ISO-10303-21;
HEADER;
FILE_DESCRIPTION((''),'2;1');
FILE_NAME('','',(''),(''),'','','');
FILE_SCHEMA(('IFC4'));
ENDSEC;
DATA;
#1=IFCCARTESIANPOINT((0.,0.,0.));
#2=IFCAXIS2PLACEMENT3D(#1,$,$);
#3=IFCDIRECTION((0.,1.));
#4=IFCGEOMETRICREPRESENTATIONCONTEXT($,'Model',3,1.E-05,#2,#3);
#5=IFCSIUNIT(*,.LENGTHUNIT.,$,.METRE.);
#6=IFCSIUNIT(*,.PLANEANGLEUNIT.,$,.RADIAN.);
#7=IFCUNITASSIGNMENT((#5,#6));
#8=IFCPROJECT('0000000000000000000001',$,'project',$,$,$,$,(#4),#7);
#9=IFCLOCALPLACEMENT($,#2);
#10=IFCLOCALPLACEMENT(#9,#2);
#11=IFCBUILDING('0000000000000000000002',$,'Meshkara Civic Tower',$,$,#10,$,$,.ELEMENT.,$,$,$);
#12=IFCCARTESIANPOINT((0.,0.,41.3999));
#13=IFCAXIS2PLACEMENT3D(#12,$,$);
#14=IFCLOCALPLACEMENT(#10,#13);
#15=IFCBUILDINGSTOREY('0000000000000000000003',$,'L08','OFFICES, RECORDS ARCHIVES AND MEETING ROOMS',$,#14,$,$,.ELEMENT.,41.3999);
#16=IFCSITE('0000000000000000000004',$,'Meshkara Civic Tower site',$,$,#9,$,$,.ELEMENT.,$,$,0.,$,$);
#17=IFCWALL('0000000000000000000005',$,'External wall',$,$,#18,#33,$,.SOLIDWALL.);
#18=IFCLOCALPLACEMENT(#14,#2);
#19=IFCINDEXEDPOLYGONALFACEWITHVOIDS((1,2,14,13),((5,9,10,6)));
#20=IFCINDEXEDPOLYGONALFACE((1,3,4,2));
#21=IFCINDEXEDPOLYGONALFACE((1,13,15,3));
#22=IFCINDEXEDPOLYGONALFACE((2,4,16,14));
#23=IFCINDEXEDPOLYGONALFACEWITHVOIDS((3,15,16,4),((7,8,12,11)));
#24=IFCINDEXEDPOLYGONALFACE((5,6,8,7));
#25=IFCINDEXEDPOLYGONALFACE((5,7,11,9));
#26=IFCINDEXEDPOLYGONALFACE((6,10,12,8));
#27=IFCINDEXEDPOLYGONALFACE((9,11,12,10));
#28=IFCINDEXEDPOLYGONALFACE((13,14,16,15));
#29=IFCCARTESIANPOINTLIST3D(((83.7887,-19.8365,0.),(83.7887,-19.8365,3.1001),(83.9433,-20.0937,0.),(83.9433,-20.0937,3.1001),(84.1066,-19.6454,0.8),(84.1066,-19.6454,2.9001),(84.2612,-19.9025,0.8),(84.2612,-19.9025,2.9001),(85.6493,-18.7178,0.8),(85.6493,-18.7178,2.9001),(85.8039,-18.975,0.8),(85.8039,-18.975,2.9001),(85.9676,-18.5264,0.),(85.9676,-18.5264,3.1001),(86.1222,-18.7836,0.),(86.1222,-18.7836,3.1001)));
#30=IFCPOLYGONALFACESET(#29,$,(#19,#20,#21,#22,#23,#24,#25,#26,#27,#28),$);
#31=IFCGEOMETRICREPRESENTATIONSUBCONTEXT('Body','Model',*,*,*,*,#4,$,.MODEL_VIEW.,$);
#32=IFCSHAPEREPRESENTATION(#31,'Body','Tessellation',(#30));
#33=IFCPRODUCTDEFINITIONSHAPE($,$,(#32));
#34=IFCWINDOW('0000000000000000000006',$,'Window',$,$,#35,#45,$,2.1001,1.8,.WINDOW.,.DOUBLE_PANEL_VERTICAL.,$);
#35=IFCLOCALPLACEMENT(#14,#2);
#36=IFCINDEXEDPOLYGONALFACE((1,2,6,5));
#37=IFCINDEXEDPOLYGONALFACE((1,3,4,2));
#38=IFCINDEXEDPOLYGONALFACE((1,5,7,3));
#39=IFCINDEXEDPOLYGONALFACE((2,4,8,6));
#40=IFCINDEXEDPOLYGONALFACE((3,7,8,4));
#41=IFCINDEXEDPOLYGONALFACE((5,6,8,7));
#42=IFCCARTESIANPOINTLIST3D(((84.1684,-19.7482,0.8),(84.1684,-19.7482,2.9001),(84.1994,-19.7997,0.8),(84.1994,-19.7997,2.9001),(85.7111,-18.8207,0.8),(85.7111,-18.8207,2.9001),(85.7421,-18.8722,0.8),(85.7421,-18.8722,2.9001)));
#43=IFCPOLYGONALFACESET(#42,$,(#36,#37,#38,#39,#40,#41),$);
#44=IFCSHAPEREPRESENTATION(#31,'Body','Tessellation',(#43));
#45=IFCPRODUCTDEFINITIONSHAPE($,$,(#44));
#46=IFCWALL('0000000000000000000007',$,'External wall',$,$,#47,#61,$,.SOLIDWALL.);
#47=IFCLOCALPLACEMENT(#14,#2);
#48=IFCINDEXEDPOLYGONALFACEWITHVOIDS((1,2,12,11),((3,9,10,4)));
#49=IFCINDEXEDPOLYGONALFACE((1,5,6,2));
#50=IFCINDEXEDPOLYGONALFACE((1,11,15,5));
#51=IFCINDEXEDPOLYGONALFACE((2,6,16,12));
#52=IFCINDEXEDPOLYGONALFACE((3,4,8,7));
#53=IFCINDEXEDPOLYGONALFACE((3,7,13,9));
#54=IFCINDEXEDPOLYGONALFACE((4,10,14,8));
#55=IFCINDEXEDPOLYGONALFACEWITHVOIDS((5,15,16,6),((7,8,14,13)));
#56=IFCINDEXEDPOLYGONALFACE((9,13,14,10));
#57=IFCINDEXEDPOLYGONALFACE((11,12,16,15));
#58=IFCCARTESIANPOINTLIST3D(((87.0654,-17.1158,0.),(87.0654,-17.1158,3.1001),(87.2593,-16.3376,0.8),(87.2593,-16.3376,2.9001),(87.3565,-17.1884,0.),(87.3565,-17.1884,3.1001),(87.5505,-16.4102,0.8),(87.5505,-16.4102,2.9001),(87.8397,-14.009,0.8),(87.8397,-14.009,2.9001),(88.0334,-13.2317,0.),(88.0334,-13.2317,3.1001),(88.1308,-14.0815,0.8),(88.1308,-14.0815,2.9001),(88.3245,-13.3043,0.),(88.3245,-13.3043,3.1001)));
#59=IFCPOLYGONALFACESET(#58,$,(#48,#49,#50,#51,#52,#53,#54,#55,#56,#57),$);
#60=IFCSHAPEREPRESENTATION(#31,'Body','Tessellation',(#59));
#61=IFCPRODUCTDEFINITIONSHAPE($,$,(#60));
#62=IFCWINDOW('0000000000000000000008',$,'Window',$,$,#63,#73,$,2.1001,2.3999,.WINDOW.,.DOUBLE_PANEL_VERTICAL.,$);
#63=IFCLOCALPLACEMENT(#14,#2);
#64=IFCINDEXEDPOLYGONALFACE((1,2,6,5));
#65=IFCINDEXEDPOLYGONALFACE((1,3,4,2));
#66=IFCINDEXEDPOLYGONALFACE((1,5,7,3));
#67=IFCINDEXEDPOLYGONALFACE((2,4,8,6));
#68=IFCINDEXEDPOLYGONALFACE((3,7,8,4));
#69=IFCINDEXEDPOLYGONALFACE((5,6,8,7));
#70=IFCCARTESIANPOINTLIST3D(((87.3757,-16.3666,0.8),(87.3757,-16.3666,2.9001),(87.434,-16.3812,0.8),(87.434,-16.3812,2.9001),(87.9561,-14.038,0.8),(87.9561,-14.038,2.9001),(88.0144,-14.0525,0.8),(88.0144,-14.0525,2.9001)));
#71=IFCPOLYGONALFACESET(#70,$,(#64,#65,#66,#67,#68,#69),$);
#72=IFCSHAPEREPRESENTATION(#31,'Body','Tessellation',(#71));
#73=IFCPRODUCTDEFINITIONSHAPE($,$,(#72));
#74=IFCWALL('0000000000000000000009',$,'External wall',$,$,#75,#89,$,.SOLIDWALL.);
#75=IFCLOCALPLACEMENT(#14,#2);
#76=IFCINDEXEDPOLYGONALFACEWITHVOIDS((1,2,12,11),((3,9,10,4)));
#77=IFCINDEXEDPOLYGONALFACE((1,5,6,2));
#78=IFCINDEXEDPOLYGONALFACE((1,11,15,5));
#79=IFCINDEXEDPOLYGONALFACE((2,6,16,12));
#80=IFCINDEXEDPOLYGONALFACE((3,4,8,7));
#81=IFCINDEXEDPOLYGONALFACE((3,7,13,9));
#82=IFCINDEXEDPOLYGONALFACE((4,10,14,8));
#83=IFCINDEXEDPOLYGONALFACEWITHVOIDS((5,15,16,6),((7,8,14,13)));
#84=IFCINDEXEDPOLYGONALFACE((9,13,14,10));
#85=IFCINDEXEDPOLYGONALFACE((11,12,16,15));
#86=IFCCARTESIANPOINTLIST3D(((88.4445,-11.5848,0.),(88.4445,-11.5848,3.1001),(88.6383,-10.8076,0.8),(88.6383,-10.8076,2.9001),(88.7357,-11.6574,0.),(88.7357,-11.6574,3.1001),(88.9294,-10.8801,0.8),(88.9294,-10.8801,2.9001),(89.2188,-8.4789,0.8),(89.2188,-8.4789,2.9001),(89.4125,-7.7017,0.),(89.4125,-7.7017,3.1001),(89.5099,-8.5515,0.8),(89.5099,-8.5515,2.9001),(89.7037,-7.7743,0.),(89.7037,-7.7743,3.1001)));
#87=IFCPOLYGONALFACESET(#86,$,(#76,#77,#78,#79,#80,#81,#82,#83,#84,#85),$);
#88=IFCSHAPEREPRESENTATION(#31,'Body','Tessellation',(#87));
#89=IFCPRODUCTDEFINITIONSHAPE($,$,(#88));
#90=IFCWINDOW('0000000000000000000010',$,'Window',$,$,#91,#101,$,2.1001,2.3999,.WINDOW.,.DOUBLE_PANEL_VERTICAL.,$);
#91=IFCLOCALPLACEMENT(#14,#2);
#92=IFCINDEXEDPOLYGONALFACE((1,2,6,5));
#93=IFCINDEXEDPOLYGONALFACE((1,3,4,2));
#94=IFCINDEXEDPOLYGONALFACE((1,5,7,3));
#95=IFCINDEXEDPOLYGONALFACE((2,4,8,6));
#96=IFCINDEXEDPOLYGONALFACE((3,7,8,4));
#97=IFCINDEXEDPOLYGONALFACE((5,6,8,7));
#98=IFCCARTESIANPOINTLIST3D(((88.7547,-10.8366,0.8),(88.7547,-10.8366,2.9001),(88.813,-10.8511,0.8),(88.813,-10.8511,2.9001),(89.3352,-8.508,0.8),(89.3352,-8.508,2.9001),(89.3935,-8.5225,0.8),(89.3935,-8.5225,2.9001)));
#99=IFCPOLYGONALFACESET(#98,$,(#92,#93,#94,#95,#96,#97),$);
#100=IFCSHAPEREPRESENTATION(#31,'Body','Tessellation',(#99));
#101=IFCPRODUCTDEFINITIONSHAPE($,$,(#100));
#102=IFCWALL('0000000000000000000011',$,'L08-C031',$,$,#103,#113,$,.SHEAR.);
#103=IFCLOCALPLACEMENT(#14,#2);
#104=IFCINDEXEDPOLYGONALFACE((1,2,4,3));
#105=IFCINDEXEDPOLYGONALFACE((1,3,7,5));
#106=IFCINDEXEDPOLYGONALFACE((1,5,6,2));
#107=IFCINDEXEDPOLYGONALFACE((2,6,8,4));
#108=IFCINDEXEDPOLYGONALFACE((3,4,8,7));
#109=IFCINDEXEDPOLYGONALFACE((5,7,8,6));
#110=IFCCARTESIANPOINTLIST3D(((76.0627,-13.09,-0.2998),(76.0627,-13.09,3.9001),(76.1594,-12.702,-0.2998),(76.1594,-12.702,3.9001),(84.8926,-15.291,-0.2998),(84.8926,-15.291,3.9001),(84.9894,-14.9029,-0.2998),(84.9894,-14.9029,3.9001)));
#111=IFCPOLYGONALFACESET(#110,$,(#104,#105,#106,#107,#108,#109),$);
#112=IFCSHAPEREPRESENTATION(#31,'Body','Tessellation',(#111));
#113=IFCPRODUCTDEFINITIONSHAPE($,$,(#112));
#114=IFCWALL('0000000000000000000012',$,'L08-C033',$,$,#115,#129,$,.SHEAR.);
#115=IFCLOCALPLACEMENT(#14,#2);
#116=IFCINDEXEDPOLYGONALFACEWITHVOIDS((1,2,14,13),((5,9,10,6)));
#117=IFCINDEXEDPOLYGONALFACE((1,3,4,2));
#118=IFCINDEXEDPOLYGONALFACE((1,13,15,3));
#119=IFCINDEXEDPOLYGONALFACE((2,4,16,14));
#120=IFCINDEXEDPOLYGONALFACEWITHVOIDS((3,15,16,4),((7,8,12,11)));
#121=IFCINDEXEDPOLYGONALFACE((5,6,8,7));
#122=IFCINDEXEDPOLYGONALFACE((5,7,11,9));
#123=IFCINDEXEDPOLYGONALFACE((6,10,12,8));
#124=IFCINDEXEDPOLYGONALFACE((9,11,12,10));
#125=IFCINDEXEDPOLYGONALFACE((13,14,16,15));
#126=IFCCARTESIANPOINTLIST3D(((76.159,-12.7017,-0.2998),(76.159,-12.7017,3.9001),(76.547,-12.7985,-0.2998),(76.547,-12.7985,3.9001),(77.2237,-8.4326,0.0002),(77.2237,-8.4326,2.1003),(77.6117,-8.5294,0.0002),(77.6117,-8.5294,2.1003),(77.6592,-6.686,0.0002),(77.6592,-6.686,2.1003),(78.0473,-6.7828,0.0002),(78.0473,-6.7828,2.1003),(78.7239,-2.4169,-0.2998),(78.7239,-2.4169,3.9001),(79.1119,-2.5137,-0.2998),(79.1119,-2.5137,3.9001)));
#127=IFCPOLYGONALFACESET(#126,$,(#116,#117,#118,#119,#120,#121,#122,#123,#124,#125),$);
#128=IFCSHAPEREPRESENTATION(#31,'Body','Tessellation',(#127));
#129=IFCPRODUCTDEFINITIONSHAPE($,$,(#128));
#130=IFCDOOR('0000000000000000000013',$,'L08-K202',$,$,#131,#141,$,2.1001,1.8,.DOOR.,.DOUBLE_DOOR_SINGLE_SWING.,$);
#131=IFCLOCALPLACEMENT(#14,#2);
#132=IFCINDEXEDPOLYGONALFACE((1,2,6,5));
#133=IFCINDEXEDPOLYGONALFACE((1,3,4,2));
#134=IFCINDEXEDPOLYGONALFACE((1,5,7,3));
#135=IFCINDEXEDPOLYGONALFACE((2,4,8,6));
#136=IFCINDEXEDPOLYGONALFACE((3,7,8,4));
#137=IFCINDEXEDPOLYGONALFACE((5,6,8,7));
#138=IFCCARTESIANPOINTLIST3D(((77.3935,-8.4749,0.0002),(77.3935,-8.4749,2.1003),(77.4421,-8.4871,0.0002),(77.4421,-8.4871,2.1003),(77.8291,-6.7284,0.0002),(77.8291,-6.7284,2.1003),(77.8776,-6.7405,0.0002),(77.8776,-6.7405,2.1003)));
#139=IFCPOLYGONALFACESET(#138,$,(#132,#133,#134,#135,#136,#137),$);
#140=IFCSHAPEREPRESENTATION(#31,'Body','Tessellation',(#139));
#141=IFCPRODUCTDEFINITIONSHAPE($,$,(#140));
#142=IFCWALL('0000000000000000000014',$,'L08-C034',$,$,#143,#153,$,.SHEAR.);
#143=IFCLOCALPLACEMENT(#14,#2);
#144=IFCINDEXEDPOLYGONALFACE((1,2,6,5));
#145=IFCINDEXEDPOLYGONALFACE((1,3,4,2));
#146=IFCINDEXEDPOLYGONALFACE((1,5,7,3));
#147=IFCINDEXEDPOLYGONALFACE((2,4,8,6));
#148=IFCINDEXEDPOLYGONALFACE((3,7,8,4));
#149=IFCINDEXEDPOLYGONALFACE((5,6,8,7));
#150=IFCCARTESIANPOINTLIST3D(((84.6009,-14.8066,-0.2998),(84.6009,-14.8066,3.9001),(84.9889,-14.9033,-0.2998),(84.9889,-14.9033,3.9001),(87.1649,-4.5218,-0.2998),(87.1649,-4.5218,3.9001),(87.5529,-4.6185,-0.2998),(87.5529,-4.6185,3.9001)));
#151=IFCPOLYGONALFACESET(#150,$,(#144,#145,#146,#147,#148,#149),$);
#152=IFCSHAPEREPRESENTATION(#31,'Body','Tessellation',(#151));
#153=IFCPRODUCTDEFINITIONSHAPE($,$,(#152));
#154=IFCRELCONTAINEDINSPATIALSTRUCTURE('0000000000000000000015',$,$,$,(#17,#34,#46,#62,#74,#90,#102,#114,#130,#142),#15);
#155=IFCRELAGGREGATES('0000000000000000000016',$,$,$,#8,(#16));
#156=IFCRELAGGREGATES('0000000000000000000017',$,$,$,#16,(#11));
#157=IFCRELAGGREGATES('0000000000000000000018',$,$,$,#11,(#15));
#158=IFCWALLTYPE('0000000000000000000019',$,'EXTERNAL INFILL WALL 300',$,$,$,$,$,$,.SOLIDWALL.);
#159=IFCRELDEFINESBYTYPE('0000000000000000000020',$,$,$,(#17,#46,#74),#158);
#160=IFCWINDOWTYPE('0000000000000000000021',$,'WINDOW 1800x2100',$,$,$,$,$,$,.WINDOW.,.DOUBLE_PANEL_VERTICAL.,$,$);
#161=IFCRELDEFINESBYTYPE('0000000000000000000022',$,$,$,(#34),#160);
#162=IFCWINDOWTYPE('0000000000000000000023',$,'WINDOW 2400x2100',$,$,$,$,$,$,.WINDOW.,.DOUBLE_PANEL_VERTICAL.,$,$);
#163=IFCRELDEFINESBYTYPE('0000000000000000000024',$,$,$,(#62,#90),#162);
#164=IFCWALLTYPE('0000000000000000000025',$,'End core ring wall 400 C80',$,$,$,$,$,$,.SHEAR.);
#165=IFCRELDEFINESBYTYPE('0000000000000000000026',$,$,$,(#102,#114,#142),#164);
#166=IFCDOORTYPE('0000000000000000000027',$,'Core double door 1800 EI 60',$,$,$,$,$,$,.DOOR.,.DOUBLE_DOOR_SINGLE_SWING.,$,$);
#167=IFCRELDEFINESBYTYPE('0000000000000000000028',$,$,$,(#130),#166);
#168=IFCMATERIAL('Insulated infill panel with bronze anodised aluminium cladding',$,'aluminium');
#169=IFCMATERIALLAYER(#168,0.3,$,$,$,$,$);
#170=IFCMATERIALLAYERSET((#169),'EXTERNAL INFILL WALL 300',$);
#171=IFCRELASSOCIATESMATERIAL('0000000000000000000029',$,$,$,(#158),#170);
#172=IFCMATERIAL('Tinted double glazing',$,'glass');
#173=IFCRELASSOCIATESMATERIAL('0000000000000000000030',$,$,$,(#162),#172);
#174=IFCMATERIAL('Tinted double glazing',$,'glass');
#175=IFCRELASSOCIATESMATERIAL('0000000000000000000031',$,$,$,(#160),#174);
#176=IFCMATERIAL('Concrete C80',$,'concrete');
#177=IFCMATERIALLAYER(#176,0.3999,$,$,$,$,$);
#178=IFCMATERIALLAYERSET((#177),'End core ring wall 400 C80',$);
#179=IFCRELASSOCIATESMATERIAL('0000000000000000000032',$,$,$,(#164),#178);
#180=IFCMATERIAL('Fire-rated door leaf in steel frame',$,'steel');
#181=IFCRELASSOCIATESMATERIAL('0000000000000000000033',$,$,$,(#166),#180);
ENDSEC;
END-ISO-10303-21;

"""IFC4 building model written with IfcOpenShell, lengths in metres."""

from ifc_helpers import new_model, si_unit, direction, frame, frame_2d, origin, place, context, subcontext, project, spatial, rectangle, extrude, material, layer, layer_set, type_object, element, fill, save


model = new_model("IFC4")

# Units and contexts
model_context = context("Model", 3, precision=1e-05, world=origin(), true_north=direction((0.0, 1.0)))
body_context = subcontext(model_context, "Body", "Model", "MODEL_VIEW")
ifc_project = project(units=[si_unit("LENGTHUNIT", "METRE"), si_unit("PLANEANGLEUNIT", "RADIAN")], contexts=[model_context])

# Site, building, storey
site_placement = place(None, origin())
site = spatial("IfcSite", under=ifc_project, at=site_placement, Name="Meshkara Civic Tower site", CompositionType="ELEMENT", RefElevation=0.0)
building_placement = place(site_placement, origin())
building = spatial("IfcBuilding", under=site, at=building_placement, Name="Meshkara Civic Tower", CompositionType="ELEMENT")
storey_placement = place(building_placement, frame((0.0, 0.0, 41.3999)))
storey = spatial("IfcBuildingStorey", under=building, at=storey_placement, Name="L08", Description="OFFICES, RECORDS ARCHIVES AND MEETING ROOMS", CompositionType="ELEMENT", Elevation=41.3999)

# Walls, openings, windows
ifc_material_1 = material(Name="Insulated infill panel with bronze anodised aluminium cladding", Category="aluminium")
ifc_layer_1 = layer(ifc_material_1, 0.3)
ifc_layer_set_1 = layer_set([ifc_layer_1], Name="EXTERNAL INFILL WALL 300")
wall_type_1 = type_object("IfcWallType", Name="EXTERNAL INFILL WALL 300", PredefinedType="SOLIDWALL", material=ifc_layer_set_1)
ifc_material_2 = material(Name="Tinted double glazing", Category="glass")
window_type_1 = type_object("IfcWindowType", Name="WINDOW 2400x2100", PartitioningType="DOUBLE_PANEL_VERTICAL", PredefinedType="WINDOW", material=ifc_material_2)
wall_1_placement = place(storey_placement, frame((83.866, -19.9651, 0.0), z_axis=(0.0, 0.0, 1.0), x_axis=(0.857027, 0.515272, 0.0)))
wall_1 = element("IfcWall", 1, at=wall_1_placement, inside=storey, type_object=wall_type_1, Name="External wall", PredefinedType="SOLIDWALL", context=body_context, shape_type="SweptSolid", body=[
    extrude(rectangle(XDim=2.5425, YDim=0.3, at=frame_2d((1.2712, 0.0))), origin(), (0.0, 0.0, 1.0), 3.1001),
])
opening_1_placement = place(wall_1_placement, frame((0.3711, 0.0, 0.8)))
opening_1 = element("IfcOpeningElement", 2, at=opening_1_placement, cuts=wall_1, PredefinedType="OPENING", context=body_context, shape_type="SweptSolid", body=[
    extrude(rectangle(XDim=1.8, YDim=2.1001, at=frame_2d((0.8999, 1.05))), frame((0.0, 0.1599, 0.0), z_axis=(0.0, -1.0, 0.0), x_axis=(1.0, 0.0, 0.0)), (0.0, 0.0, 1.0), 0.3201),
])
ifc_material_3 = material(Name="Tinted double glazing", Category="glass")
window_type_2 = type_object("IfcWindowType", Name="WINDOW 1800x2100", PartitioningType="DOUBLE_PANEL_VERTICAL", PredefinedType="WINDOW", material=ifc_material_3)
window_1_placement = place(opening_1_placement, origin())
window_1 = element("IfcWindow", 3, at=window_1_placement, inside=storey, type_object=window_type_2, Name="Window", OverallHeight=2.1001, OverallWidth=1.8, PartitioningType="DOUBLE_PANEL_VERTICAL", PredefinedType="WINDOW", context=body_context, shape_type="SweptSolid", body=[
    extrude(rectangle(XDim=1.8, YDim=2.1001, at=frame_2d((0.8999, 1.05))), frame((0.0, 0.03, 0.0), z_axis=(0.0, -1.0, 0.0), x_axis=(1.0, 0.0, 0.0)), (0.0, 0.0, 1.0), 0.0601),
])
fill(opening_1, window_1)
wall_2_placement = place(storey_placement, frame((87.2109, -17.1521, 0.0), z_axis=(0.0, 0.0, 1.0), x_axis=(0.241832, 0.970318, 0.0)))
wall_2 = element("IfcWall", 4, at=wall_2_placement, inside=storey, type_object=wall_type_1, Name="External wall", PredefinedType="SOLIDWALL", context=body_context, shape_type="SweptSolid", body=[
    extrude(rectangle(XDim=4.0029, YDim=0.3, at=frame_2d((2.0015, 0.0))), origin(), (0.0, 0.0, 1.0), 3.1001),
])
opening_2_placement = place(wall_2_placement, frame((0.802, 0.0, 0.8)))
opening_2 = element("IfcOpeningElement", 5, at=opening_2_placement, cuts=wall_2, PredefinedType="OPENING", context=body_context, shape_type="SweptSolid", body=[
    extrude(rectangle(XDim=2.3999, YDim=2.1001, at=frame_2d((1.2, 1.05))), frame((0.0, 0.1599, 0.0), z_axis=(0.0, -1.0, 0.0), x_axis=(1.0, 0.0, 0.0)), (0.0, 0.0, 1.0), 0.3201),
])
window_2_placement = place(opening_2_placement, origin())
window_2 = element("IfcWindow", 6, at=window_2_placement, inside=storey, type_object=window_type_1, Name="Window", OverallHeight=2.1001, OverallWidth=2.3999, PartitioningType="DOUBLE_PANEL_VERTICAL", PredefinedType="WINDOW", context=body_context, shape_type="SweptSolid", body=[
    extrude(rectangle(XDim=2.3999, YDim=2.1001, at=frame_2d((1.2, 1.05))), frame((0.0, 0.03, 0.0), z_axis=(0.0, -1.0, 0.0), x_axis=(1.0, 0.0, 0.0)), (0.0, 0.0, 1.0), 0.0601),
])
fill(opening_2, window_2)
wall_3_placement = place(storey_placement, frame((88.5901, -11.6211, 0.0), z_axis=(0.0, 0.0, 1.0), x_axis=(0.24189, 0.970304, 0.0)))
wall_3 = element("IfcWall", 7, at=wall_3_placement, inside=storey, type_object=wall_type_1, Name="External wall", PredefinedType="SOLIDWALL", context=body_context, shape_type="SweptSolid", body=[
    extrude(rectangle(XDim=4.002, YDim=0.3, at=frame_2d((2.001, 0.0))), origin(), (0.0, 0.0, 1.0), 3.1001),
])
opening_3_placement = place(wall_3_placement, frame((0.801, 0.0, 0.8)))
opening_3 = element("IfcOpeningElement", 8, at=opening_3_placement, cuts=wall_3, PredefinedType="OPENING", context=body_context, shape_type="SweptSolid", body=[
    extrude(rectangle(XDim=2.3999, YDim=2.1001, at=frame_2d((1.2, 1.05))), frame((0.0, 0.1599, 0.0), z_axis=(0.0, -1.0, 0.0), x_axis=(1.0, 0.0, 0.0)), (0.0, 0.0, 1.0), 0.3201),
])
window_3_placement = place(opening_3_placement, origin())
window_3 = element("IfcWindow", 9, at=window_3_placement, inside=storey, type_object=window_type_1, Name="Window", OverallHeight=2.1001, OverallWidth=2.3999, PartitioningType="DOUBLE_PANEL_VERTICAL", PredefinedType="WINDOW", context=body_context, shape_type="SweptSolid", body=[
    extrude(rectangle(XDim=2.3999, YDim=2.1001, at=frame_2d((1.2, 1.05))), frame((0.0, 0.03, 0.0), z_axis=(0.0, -1.0, 0.0), x_axis=(1.0, 0.0, 0.0)), (0.0, 0.0, 1.0), 0.0601),
])
fill(opening_3, window_3)

# Wall
ifc_material_4 = material(Name="Concrete C80", Category="concrete")
ifc_layer_2 = layer(ifc_material_4, 0.3999)
ifc_layer_set_2 = layer_set([ifc_layer_2], Name="End core ring wall 400 C80")
wall_type_2 = type_object("IfcWallType", Name="End core ring wall 400 C80", PredefinedType="SHEAR", material=ifc_layer_set_2)
wall_4_placement = place(storey_placement, frame((76.1111, -12.896, -0.2998), z_axis=(0.0, 0.0, 1.0), x_axis=(0.970311, -0.24186, 0.0)))
element("IfcWall", 10, at=wall_4_placement, inside=storey, type_object=wall_type_2, Name="L08-C031", PredefinedType="SHEAR", context=body_context, shape_type="SweptSolid", body=[
    extrude(rectangle(XDim=9.1001, YDim=0.3999, at=frame_2d((4.55, 0.0))), origin(), (0.0, 0.0, 1.0), 4.2),
])

# Wall, opening, door
wall_5_placement = place(storey_placement, frame((76.353, -12.75, -0.2998), z_axis=(0.0, 0.0, 1.0), x_axis=(0.241977, 0.970282, 0.0)))
wall_5 = element("IfcWall", 11, at=wall_5_placement, inside=storey, type_object=wall_type_2, Name="L08-C033", PredefinedType="SHEAR", context=body_context, shape_type="SweptSolid", body=[
    extrude(rectangle(XDim=10.5999, YDim=0.3999, at=frame_2d((5.2998, 0.0))), origin(), (0.0, 0.0, 1.0), 4.2),
])
opening_4_placement = place(wall_5_placement, frame((4.3999, 0.0, 0.3)))
opening_4 = element("IfcOpeningElement", 12, at=opening_4_placement, cuts=wall_5, PredefinedType="OPENING", context=body_context, shape_type="SweptSolid", body=[
    extrude(rectangle(XDim=1.8, YDim=2.1001, at=frame_2d((0.8999, 1.05))), frame((0.0, 0.21, 0.0), z_axis=(0.0, -1.0, 0.0), x_axis=(1.0, 0.0, 0.0)), (0.0, 0.0, 1.0), 0.4199),
])
ifc_material_5 = material(Name="Fire-rated door leaf in steel frame", Category="steel")
door_type_1 = type_object("IfcDoorType", Name="Core double door 1800 EI 60", OperationType="DOUBLE_DOOR_SINGLE_SWING", PredefinedType="DOOR", material=ifc_material_5)
door_1_placement = place(opening_4_placement, origin())
door_1 = element("IfcDoor", 13, at=door_1_placement, inside=storey, type_object=door_type_1, Name="L08-K202", OperationType="DOUBLE_DOOR_SINGLE_SWING", OverallHeight=2.1001, OverallWidth=1.8, PredefinedType="DOOR", context=body_context, shape_type="SweptSolid", body=[
    extrude(rectangle(XDim=1.8, YDim=2.1001, at=frame_2d((0.8999, 1.05))), frame((0.0, 0.0249, 0.0), z_axis=(0.0, -1.0, 0.0), x_axis=(1.0, 0.0, 0.0)), (0.0, 0.0, 1.0), 0.05),
])
fill(opening_4, door_1)

# Wall
wall_6_placement = place(storey_placement, frame((84.7949, -14.855, -0.2998), z_axis=(0.0, 0.0, 1.0), x_axis=(0.241891, 0.970304, 0.0)))
element("IfcWall", 14, at=wall_6_placement, inside=storey, type_object=wall_type_2, Name="L08-C034", PredefinedType="SHEAR", context=body_context, shape_type="SweptSolid", body=[
    extrude(rectangle(XDim=10.5996, YDim=0.3999, at=frame_2d((5.2998, 0.0))), origin(), (0.0, 0.0, 1.0), 4.2),
])

save(model, "model.ifc")
